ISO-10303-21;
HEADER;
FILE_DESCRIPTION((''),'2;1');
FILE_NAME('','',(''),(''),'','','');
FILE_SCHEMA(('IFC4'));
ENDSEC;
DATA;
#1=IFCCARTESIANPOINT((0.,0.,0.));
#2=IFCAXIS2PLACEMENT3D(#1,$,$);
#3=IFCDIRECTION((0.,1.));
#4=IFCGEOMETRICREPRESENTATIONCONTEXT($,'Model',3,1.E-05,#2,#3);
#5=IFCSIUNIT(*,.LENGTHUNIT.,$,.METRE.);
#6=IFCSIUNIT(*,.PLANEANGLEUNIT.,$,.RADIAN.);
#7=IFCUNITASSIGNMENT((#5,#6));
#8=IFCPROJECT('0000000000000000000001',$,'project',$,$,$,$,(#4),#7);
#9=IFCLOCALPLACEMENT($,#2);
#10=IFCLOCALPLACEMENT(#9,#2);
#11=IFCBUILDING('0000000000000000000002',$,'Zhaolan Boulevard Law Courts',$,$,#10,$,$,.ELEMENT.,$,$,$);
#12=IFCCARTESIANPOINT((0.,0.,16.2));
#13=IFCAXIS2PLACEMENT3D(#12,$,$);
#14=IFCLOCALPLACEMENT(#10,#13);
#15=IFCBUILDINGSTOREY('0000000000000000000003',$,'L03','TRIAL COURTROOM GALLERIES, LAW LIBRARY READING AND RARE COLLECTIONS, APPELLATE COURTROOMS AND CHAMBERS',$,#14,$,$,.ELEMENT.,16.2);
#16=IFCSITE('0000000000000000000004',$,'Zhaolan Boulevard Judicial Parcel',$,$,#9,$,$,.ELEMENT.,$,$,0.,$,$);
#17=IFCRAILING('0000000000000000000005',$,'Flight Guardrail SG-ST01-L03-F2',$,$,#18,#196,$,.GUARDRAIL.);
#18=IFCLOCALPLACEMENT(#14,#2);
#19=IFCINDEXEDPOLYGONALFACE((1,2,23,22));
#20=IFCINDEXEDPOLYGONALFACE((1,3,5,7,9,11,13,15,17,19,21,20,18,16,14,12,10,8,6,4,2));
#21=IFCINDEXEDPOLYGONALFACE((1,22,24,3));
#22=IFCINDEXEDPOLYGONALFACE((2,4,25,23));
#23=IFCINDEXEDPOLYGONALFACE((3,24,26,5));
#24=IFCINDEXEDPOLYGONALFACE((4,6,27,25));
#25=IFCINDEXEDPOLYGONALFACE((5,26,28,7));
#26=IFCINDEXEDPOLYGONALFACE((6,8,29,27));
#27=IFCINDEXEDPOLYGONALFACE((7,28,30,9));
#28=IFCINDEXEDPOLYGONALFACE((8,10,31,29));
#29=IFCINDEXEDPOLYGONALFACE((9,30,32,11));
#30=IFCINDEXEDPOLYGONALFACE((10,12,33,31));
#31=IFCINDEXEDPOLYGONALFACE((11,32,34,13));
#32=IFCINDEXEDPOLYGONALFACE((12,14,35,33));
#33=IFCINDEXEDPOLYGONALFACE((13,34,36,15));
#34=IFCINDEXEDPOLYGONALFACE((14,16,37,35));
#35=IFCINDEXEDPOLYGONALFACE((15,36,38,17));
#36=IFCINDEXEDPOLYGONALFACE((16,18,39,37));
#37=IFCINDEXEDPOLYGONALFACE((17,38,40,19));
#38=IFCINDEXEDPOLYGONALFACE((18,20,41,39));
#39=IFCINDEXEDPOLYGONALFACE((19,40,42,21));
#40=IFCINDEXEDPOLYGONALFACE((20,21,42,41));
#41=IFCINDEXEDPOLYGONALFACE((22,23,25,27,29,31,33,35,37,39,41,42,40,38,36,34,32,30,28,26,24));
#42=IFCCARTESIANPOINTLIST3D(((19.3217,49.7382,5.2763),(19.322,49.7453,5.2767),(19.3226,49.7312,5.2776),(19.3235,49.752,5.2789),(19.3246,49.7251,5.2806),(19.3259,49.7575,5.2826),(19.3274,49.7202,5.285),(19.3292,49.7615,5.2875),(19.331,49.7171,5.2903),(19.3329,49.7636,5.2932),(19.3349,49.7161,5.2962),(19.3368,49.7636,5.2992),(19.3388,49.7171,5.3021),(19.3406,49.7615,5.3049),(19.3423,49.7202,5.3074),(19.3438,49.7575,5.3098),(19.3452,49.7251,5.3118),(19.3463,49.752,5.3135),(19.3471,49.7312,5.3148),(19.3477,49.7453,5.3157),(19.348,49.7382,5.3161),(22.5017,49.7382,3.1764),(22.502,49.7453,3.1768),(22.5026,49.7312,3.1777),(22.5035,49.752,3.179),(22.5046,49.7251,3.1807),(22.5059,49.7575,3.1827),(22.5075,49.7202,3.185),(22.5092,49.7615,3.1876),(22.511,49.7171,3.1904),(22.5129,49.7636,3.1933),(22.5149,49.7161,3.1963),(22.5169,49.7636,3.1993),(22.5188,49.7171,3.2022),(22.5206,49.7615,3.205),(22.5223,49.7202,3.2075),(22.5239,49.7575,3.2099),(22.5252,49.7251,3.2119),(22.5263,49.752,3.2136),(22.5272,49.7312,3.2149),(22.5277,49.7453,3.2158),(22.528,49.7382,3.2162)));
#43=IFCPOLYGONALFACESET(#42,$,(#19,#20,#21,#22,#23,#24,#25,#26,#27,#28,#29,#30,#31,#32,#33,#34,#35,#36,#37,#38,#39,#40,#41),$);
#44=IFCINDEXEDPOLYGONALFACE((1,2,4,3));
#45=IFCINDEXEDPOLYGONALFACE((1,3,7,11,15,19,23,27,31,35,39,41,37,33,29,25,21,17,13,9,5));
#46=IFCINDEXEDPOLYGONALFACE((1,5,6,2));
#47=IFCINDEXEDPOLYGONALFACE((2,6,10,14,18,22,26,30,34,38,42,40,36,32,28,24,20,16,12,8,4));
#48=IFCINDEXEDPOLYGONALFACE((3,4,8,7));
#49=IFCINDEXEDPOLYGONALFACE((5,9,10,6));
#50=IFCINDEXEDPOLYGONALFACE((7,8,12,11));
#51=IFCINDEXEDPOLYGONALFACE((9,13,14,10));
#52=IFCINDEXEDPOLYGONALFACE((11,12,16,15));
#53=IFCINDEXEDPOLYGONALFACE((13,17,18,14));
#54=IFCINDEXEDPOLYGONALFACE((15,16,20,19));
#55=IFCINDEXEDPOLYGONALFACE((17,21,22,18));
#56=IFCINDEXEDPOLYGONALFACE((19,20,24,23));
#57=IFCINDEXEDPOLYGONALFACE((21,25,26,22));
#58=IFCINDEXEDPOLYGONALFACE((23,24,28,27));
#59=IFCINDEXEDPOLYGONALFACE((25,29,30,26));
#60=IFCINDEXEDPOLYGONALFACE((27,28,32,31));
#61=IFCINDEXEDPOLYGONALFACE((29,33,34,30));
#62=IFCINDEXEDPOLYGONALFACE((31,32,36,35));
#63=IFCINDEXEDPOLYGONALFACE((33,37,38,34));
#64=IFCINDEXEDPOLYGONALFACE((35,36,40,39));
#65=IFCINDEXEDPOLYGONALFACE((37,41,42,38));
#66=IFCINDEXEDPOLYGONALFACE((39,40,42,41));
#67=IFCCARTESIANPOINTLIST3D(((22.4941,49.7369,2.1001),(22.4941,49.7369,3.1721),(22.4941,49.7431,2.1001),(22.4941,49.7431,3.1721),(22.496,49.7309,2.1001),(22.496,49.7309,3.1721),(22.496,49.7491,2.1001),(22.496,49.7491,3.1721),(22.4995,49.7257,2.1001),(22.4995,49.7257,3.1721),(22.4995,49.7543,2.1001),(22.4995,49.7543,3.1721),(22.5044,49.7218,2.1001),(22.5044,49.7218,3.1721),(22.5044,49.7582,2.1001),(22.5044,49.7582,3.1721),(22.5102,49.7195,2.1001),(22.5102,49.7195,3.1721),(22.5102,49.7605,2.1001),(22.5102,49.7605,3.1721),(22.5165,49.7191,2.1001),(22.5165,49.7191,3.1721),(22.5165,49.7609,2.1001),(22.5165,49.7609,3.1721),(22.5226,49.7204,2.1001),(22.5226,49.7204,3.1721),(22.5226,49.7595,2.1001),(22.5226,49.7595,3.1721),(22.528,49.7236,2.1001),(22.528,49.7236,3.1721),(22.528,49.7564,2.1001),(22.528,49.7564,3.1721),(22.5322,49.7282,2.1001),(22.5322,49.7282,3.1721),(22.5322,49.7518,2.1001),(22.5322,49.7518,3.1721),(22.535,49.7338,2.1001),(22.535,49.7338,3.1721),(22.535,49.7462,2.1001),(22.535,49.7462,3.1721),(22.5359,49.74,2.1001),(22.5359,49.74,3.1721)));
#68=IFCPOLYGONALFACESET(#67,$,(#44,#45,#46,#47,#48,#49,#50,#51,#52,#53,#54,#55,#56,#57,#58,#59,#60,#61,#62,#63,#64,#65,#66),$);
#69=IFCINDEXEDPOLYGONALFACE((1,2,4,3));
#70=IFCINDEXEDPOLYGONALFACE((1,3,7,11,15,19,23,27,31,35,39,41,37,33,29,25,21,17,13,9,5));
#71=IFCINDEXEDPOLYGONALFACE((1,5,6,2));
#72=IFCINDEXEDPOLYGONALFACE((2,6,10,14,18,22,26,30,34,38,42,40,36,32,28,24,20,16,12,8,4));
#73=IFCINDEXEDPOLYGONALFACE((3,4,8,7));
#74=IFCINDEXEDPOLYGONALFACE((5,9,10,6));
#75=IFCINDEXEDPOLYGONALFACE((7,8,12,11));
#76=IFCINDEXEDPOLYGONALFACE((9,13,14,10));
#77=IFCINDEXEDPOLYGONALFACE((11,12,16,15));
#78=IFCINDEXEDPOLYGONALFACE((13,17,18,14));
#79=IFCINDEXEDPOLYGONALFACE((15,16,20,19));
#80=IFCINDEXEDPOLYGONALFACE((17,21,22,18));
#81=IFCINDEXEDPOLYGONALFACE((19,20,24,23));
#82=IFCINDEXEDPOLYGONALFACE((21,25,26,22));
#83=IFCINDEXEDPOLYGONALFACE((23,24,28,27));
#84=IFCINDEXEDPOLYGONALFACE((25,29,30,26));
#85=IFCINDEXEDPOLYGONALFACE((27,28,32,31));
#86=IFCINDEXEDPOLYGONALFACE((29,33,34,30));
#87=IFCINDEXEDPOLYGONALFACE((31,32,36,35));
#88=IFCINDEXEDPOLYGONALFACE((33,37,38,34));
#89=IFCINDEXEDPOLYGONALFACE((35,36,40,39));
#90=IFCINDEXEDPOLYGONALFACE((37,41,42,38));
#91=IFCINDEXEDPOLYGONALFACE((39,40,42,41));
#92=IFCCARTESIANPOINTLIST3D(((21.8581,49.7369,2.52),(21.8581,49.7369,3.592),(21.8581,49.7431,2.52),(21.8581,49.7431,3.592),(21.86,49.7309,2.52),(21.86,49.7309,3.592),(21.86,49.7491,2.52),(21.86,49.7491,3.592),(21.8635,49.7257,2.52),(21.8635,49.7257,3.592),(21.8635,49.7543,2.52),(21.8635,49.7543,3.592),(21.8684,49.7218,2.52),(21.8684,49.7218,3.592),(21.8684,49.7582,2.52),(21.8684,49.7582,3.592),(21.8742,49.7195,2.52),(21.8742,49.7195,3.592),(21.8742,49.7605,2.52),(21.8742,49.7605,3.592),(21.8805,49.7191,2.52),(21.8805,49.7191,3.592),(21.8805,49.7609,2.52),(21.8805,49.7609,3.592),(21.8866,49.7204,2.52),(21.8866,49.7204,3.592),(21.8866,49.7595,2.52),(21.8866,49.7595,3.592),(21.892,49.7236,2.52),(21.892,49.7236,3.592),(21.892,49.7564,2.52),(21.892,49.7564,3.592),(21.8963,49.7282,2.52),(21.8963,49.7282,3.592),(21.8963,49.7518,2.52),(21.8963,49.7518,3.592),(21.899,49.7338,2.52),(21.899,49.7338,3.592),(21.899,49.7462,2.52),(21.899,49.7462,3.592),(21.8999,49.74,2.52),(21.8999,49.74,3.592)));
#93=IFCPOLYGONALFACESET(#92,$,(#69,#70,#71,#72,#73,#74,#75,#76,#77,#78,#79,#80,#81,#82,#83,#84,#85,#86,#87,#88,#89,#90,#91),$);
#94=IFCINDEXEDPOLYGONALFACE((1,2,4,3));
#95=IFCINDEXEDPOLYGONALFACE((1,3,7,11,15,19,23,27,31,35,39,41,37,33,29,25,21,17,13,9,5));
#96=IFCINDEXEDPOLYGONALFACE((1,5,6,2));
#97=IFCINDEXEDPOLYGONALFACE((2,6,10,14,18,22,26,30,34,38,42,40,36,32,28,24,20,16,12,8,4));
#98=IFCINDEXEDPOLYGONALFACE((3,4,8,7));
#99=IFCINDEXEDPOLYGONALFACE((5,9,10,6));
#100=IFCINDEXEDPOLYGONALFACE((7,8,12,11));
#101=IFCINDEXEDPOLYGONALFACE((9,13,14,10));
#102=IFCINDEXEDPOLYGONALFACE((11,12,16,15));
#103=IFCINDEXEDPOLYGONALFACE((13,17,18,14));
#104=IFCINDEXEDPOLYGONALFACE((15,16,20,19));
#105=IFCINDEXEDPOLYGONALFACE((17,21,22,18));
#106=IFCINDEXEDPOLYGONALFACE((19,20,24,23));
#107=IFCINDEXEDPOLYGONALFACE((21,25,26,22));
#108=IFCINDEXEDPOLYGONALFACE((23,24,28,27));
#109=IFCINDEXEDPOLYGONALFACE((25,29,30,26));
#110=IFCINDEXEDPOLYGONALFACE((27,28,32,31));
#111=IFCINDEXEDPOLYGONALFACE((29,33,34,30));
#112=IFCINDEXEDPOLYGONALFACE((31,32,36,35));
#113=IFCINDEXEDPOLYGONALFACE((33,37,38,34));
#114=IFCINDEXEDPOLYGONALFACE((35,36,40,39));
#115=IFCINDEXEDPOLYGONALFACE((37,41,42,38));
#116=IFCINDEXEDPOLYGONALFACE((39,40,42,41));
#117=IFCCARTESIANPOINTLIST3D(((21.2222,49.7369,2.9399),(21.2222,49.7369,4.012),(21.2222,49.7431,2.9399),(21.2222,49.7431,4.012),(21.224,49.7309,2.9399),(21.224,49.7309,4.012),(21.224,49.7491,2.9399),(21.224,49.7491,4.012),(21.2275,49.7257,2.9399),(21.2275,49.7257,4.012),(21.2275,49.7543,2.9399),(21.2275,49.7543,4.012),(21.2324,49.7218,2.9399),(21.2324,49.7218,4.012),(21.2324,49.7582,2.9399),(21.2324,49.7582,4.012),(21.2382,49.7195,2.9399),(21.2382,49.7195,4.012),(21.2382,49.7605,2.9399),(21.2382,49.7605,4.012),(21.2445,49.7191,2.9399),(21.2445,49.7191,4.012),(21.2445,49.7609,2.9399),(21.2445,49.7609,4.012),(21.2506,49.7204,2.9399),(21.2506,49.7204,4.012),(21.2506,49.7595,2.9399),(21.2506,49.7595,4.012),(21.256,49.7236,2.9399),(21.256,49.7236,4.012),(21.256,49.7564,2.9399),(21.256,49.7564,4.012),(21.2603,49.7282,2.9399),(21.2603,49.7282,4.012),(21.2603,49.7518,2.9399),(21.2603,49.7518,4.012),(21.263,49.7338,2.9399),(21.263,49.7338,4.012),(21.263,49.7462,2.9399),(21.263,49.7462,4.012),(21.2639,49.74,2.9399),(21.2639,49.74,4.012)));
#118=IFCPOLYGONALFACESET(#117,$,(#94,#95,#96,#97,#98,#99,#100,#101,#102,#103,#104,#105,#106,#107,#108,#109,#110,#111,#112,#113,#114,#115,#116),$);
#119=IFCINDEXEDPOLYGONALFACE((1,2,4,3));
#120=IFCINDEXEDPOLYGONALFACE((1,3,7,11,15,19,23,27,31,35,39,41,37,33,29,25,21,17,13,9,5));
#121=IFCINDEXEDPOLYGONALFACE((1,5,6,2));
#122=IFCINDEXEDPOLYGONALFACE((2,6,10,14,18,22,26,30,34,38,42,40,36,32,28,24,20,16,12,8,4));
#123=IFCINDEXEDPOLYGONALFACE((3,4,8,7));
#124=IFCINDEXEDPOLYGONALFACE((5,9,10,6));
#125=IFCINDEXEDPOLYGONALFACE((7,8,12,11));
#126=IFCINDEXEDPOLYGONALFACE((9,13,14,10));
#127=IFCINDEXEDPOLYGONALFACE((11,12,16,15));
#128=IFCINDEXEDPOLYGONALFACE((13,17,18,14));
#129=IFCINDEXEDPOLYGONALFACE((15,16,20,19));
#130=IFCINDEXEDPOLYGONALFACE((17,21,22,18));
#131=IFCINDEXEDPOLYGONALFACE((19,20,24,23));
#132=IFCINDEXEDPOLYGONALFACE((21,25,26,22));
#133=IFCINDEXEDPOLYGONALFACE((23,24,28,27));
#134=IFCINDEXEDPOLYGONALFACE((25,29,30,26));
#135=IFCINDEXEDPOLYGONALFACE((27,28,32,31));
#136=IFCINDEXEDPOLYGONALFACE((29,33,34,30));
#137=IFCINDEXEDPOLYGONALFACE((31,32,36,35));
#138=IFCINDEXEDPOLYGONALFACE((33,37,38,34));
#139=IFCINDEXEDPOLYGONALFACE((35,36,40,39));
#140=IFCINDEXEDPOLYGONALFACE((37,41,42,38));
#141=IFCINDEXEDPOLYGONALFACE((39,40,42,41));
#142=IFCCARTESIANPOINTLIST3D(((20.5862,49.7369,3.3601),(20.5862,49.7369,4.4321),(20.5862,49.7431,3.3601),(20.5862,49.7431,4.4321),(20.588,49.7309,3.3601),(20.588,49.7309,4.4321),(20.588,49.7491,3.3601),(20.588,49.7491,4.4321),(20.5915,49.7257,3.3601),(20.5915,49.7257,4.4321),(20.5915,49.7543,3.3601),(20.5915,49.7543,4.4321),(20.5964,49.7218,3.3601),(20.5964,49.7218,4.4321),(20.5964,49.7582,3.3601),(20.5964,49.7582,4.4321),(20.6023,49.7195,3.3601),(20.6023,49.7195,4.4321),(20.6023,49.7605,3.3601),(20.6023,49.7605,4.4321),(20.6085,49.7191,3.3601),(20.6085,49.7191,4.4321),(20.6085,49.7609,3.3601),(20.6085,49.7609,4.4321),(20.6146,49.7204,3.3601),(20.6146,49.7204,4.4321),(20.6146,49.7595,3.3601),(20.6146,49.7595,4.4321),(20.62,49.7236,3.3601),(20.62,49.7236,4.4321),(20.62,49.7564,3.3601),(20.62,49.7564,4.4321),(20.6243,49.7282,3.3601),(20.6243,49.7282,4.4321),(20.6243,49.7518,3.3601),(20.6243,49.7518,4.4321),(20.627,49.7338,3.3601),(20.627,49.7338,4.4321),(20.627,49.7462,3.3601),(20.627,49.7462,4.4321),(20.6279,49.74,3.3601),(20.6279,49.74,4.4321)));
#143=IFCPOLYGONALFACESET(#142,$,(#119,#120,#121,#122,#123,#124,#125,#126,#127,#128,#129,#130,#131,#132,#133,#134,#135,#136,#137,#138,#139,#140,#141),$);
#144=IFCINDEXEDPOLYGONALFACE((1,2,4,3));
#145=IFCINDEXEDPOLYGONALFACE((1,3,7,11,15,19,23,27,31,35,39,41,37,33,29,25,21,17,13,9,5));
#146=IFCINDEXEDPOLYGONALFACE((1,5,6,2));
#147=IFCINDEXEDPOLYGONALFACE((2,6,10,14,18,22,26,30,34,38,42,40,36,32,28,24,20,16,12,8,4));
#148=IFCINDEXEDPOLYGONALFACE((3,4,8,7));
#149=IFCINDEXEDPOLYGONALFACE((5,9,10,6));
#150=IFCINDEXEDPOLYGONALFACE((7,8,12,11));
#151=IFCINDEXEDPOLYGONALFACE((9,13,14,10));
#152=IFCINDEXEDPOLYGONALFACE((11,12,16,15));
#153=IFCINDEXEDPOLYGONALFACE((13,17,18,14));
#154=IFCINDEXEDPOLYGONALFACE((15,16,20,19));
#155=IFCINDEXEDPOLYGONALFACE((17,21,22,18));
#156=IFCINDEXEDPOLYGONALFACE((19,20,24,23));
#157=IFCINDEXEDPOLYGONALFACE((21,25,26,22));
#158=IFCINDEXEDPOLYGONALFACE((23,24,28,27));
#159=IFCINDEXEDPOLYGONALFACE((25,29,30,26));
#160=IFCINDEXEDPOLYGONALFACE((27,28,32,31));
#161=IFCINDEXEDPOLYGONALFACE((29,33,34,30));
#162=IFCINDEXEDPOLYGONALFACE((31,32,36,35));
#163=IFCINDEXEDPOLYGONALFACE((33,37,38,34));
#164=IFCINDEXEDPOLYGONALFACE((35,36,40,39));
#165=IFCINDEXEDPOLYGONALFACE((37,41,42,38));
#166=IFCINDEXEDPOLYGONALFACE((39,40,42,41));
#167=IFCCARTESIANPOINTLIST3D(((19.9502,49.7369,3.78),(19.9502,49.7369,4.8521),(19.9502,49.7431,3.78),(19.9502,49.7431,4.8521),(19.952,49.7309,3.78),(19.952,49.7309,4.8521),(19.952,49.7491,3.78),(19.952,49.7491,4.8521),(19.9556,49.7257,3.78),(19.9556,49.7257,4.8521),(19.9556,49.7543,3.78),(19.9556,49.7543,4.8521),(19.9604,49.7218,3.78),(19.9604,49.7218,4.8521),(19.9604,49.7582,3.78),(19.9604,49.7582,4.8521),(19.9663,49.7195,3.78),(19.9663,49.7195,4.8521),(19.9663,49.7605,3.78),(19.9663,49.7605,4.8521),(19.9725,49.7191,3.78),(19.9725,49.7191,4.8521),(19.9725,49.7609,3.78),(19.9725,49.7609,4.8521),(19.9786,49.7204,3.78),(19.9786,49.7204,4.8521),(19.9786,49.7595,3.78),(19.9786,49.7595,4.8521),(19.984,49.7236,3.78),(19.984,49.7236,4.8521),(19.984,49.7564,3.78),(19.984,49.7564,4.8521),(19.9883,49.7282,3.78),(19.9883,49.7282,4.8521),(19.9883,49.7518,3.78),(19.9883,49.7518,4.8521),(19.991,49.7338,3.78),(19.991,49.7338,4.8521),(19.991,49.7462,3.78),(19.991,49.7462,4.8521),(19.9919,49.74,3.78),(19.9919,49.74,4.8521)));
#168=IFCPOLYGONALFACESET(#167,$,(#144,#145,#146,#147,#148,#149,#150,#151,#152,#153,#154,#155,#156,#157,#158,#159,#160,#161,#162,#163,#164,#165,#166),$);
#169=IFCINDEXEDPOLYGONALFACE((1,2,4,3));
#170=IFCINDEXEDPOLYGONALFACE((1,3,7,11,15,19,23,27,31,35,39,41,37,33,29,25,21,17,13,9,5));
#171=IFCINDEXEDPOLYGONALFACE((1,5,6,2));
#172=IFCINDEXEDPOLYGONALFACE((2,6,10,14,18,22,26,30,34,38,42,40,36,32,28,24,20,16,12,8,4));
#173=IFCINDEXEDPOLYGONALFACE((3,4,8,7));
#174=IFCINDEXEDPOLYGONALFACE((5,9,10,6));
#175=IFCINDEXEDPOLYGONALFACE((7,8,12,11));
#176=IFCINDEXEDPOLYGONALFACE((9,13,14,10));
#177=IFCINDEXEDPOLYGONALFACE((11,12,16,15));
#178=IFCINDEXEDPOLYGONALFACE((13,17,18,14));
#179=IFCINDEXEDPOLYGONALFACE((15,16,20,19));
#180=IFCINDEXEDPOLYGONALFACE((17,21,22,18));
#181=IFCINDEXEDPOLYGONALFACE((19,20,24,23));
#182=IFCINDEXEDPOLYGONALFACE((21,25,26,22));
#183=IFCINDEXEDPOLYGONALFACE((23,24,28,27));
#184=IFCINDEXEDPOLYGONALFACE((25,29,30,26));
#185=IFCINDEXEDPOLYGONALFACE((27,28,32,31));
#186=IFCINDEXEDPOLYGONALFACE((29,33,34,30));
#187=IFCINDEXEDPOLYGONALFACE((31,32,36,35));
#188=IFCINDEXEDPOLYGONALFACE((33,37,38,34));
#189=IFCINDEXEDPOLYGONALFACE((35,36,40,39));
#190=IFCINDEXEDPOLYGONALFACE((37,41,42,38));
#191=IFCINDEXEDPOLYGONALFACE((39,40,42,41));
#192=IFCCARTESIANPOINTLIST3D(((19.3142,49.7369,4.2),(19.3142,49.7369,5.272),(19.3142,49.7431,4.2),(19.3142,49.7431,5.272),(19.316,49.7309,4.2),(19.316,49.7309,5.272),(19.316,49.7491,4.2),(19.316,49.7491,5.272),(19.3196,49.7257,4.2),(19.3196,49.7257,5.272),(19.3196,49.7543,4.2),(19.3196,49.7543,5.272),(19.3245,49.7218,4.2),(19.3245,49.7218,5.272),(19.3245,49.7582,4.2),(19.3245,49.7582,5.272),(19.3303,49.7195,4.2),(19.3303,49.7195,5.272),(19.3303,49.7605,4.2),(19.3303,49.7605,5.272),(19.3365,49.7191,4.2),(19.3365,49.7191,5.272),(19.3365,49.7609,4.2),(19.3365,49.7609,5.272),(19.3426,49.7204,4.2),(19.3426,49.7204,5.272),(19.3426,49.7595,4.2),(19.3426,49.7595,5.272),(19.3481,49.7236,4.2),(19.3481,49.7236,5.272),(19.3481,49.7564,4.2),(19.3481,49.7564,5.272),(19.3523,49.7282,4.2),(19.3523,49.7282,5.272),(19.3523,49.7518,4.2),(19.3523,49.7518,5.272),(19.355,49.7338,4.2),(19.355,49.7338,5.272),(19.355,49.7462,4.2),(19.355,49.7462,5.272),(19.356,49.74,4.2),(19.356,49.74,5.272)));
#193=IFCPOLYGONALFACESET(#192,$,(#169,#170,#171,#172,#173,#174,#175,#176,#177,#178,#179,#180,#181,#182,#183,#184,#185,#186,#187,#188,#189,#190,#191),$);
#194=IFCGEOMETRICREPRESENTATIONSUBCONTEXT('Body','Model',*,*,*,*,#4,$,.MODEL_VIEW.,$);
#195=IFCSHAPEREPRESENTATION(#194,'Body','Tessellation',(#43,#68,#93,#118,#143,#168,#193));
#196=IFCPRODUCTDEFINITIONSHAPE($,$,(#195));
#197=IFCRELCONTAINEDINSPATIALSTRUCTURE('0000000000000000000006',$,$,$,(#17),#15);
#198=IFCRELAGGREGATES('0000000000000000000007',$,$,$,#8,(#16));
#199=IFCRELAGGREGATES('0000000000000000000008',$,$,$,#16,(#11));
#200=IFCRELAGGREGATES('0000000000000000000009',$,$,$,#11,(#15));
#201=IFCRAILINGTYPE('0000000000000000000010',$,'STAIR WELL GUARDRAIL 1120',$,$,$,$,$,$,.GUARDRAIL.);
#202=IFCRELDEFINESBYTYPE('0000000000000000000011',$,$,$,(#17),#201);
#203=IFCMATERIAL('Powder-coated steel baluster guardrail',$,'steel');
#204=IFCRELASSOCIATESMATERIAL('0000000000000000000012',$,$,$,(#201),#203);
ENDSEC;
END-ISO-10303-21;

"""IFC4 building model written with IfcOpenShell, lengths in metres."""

from ifc_helpers import new_model, si_unit, direction, frame, origin, origin_2d, place, context, subcontext, project, spatial, circle, extrude, material, type_object, element, save


model = new_model("IFC4")

# Units and contexts
model_context = context("Model", 3, precision=1e-05, world=origin(), true_north=direction((0.0, 1.0)))
body_context = subcontext(model_context, "Body", "Model", "MODEL_VIEW")
ifc_project = project(units=[si_unit("LENGTHUNIT", "METRE"), si_unit("PLANEANGLEUNIT", "RADIAN")], contexts=[model_context])

# Site, building, storey
site_placement = place(None, origin())
site = spatial("IfcSite", under=ifc_project, at=site_placement, Name="Zhaolan Boulevard Judicial Parcel", CompositionType="ELEMENT", RefElevation=0.0)
building_placement = place(site_placement, origin())
building = spatial("IfcBuilding", under=site, at=building_placement, Name="Zhaolan Boulevard Law Courts", CompositionType="ELEMENT")
storey_placement = place(building_placement, frame((0.0, 0.0, 16.2)))
storey = spatial("IfcBuildingStorey", under=building, at=storey_placement, Name="L03", Description="TRIAL COURTROOM GALLERIES, LAW LIBRARY READING AND RARE COLLECTIONS, APPELLATE COURTROOMS AND CHAMBERS", CompositionType="ELEMENT", Elevation=16.2)

# Railing
ifc_material_1 = material(Name="Powder-coated steel baluster guardrail", Category="steel")
railing_type_1 = type_object("IfcRailingType", Name="STAIR WELL GUARDRAIL 1120", PredefinedType="GUARDRAIL", material=ifc_material_1)
railing_1_placement = place(storey_placement, frame((22.5149, 49.74, 2.1001)))
element("IfcRailing", 1, at=railing_1_placement, inside=storey, type_object=railing_type_1, Name="Flight Guardrail SG-ST01-L03-F2", PredefinedType="GUARDRAIL", context=body_context, shape_type="SweptSolid", body=[
    extrude(circle(Radius=0.0239, at=origin_2d()), frame((0.0, 0.0, 1.0962), z_axis=(-0.834477, 0.0, 0.551043), x_axis=(0.0, -1.0, 0.0)), (0.0, 0.0, 1.0), 3.8108),
    extrude(circle(Radius=0.021, at=origin_2d()), origin(), (0.0, 0.0, 1.0), 1.072),
    extrude(circle(Radius=0.021, at=origin_2d()), frame((-0.636, 0.0, 0.4199)), (0.0, 0.0, 1.0), 1.072),
    extrude(circle(Radius=0.021, at=origin_2d()), frame((-1.272, 0.0, 0.8398)), (0.0, 0.0, 1.0), 1.072),
    extrude(circle(Radius=0.021, at=origin_2d()), frame((-1.908, 0.0, 1.26)), (0.0, 0.0, 1.0), 1.072),
    extrude(circle(Radius=0.021, at=origin_2d()), frame((-2.5439, 0.0, 1.6799)), (0.0, 0.0, 1.0), 1.072),
    extrude(circle(Radius=0.021, at=origin_2d()), frame((-3.1799, 0.0, 2.0999)), (0.0, 0.0, 1.0), 1.072),
])

save(model, "model.ifc")
